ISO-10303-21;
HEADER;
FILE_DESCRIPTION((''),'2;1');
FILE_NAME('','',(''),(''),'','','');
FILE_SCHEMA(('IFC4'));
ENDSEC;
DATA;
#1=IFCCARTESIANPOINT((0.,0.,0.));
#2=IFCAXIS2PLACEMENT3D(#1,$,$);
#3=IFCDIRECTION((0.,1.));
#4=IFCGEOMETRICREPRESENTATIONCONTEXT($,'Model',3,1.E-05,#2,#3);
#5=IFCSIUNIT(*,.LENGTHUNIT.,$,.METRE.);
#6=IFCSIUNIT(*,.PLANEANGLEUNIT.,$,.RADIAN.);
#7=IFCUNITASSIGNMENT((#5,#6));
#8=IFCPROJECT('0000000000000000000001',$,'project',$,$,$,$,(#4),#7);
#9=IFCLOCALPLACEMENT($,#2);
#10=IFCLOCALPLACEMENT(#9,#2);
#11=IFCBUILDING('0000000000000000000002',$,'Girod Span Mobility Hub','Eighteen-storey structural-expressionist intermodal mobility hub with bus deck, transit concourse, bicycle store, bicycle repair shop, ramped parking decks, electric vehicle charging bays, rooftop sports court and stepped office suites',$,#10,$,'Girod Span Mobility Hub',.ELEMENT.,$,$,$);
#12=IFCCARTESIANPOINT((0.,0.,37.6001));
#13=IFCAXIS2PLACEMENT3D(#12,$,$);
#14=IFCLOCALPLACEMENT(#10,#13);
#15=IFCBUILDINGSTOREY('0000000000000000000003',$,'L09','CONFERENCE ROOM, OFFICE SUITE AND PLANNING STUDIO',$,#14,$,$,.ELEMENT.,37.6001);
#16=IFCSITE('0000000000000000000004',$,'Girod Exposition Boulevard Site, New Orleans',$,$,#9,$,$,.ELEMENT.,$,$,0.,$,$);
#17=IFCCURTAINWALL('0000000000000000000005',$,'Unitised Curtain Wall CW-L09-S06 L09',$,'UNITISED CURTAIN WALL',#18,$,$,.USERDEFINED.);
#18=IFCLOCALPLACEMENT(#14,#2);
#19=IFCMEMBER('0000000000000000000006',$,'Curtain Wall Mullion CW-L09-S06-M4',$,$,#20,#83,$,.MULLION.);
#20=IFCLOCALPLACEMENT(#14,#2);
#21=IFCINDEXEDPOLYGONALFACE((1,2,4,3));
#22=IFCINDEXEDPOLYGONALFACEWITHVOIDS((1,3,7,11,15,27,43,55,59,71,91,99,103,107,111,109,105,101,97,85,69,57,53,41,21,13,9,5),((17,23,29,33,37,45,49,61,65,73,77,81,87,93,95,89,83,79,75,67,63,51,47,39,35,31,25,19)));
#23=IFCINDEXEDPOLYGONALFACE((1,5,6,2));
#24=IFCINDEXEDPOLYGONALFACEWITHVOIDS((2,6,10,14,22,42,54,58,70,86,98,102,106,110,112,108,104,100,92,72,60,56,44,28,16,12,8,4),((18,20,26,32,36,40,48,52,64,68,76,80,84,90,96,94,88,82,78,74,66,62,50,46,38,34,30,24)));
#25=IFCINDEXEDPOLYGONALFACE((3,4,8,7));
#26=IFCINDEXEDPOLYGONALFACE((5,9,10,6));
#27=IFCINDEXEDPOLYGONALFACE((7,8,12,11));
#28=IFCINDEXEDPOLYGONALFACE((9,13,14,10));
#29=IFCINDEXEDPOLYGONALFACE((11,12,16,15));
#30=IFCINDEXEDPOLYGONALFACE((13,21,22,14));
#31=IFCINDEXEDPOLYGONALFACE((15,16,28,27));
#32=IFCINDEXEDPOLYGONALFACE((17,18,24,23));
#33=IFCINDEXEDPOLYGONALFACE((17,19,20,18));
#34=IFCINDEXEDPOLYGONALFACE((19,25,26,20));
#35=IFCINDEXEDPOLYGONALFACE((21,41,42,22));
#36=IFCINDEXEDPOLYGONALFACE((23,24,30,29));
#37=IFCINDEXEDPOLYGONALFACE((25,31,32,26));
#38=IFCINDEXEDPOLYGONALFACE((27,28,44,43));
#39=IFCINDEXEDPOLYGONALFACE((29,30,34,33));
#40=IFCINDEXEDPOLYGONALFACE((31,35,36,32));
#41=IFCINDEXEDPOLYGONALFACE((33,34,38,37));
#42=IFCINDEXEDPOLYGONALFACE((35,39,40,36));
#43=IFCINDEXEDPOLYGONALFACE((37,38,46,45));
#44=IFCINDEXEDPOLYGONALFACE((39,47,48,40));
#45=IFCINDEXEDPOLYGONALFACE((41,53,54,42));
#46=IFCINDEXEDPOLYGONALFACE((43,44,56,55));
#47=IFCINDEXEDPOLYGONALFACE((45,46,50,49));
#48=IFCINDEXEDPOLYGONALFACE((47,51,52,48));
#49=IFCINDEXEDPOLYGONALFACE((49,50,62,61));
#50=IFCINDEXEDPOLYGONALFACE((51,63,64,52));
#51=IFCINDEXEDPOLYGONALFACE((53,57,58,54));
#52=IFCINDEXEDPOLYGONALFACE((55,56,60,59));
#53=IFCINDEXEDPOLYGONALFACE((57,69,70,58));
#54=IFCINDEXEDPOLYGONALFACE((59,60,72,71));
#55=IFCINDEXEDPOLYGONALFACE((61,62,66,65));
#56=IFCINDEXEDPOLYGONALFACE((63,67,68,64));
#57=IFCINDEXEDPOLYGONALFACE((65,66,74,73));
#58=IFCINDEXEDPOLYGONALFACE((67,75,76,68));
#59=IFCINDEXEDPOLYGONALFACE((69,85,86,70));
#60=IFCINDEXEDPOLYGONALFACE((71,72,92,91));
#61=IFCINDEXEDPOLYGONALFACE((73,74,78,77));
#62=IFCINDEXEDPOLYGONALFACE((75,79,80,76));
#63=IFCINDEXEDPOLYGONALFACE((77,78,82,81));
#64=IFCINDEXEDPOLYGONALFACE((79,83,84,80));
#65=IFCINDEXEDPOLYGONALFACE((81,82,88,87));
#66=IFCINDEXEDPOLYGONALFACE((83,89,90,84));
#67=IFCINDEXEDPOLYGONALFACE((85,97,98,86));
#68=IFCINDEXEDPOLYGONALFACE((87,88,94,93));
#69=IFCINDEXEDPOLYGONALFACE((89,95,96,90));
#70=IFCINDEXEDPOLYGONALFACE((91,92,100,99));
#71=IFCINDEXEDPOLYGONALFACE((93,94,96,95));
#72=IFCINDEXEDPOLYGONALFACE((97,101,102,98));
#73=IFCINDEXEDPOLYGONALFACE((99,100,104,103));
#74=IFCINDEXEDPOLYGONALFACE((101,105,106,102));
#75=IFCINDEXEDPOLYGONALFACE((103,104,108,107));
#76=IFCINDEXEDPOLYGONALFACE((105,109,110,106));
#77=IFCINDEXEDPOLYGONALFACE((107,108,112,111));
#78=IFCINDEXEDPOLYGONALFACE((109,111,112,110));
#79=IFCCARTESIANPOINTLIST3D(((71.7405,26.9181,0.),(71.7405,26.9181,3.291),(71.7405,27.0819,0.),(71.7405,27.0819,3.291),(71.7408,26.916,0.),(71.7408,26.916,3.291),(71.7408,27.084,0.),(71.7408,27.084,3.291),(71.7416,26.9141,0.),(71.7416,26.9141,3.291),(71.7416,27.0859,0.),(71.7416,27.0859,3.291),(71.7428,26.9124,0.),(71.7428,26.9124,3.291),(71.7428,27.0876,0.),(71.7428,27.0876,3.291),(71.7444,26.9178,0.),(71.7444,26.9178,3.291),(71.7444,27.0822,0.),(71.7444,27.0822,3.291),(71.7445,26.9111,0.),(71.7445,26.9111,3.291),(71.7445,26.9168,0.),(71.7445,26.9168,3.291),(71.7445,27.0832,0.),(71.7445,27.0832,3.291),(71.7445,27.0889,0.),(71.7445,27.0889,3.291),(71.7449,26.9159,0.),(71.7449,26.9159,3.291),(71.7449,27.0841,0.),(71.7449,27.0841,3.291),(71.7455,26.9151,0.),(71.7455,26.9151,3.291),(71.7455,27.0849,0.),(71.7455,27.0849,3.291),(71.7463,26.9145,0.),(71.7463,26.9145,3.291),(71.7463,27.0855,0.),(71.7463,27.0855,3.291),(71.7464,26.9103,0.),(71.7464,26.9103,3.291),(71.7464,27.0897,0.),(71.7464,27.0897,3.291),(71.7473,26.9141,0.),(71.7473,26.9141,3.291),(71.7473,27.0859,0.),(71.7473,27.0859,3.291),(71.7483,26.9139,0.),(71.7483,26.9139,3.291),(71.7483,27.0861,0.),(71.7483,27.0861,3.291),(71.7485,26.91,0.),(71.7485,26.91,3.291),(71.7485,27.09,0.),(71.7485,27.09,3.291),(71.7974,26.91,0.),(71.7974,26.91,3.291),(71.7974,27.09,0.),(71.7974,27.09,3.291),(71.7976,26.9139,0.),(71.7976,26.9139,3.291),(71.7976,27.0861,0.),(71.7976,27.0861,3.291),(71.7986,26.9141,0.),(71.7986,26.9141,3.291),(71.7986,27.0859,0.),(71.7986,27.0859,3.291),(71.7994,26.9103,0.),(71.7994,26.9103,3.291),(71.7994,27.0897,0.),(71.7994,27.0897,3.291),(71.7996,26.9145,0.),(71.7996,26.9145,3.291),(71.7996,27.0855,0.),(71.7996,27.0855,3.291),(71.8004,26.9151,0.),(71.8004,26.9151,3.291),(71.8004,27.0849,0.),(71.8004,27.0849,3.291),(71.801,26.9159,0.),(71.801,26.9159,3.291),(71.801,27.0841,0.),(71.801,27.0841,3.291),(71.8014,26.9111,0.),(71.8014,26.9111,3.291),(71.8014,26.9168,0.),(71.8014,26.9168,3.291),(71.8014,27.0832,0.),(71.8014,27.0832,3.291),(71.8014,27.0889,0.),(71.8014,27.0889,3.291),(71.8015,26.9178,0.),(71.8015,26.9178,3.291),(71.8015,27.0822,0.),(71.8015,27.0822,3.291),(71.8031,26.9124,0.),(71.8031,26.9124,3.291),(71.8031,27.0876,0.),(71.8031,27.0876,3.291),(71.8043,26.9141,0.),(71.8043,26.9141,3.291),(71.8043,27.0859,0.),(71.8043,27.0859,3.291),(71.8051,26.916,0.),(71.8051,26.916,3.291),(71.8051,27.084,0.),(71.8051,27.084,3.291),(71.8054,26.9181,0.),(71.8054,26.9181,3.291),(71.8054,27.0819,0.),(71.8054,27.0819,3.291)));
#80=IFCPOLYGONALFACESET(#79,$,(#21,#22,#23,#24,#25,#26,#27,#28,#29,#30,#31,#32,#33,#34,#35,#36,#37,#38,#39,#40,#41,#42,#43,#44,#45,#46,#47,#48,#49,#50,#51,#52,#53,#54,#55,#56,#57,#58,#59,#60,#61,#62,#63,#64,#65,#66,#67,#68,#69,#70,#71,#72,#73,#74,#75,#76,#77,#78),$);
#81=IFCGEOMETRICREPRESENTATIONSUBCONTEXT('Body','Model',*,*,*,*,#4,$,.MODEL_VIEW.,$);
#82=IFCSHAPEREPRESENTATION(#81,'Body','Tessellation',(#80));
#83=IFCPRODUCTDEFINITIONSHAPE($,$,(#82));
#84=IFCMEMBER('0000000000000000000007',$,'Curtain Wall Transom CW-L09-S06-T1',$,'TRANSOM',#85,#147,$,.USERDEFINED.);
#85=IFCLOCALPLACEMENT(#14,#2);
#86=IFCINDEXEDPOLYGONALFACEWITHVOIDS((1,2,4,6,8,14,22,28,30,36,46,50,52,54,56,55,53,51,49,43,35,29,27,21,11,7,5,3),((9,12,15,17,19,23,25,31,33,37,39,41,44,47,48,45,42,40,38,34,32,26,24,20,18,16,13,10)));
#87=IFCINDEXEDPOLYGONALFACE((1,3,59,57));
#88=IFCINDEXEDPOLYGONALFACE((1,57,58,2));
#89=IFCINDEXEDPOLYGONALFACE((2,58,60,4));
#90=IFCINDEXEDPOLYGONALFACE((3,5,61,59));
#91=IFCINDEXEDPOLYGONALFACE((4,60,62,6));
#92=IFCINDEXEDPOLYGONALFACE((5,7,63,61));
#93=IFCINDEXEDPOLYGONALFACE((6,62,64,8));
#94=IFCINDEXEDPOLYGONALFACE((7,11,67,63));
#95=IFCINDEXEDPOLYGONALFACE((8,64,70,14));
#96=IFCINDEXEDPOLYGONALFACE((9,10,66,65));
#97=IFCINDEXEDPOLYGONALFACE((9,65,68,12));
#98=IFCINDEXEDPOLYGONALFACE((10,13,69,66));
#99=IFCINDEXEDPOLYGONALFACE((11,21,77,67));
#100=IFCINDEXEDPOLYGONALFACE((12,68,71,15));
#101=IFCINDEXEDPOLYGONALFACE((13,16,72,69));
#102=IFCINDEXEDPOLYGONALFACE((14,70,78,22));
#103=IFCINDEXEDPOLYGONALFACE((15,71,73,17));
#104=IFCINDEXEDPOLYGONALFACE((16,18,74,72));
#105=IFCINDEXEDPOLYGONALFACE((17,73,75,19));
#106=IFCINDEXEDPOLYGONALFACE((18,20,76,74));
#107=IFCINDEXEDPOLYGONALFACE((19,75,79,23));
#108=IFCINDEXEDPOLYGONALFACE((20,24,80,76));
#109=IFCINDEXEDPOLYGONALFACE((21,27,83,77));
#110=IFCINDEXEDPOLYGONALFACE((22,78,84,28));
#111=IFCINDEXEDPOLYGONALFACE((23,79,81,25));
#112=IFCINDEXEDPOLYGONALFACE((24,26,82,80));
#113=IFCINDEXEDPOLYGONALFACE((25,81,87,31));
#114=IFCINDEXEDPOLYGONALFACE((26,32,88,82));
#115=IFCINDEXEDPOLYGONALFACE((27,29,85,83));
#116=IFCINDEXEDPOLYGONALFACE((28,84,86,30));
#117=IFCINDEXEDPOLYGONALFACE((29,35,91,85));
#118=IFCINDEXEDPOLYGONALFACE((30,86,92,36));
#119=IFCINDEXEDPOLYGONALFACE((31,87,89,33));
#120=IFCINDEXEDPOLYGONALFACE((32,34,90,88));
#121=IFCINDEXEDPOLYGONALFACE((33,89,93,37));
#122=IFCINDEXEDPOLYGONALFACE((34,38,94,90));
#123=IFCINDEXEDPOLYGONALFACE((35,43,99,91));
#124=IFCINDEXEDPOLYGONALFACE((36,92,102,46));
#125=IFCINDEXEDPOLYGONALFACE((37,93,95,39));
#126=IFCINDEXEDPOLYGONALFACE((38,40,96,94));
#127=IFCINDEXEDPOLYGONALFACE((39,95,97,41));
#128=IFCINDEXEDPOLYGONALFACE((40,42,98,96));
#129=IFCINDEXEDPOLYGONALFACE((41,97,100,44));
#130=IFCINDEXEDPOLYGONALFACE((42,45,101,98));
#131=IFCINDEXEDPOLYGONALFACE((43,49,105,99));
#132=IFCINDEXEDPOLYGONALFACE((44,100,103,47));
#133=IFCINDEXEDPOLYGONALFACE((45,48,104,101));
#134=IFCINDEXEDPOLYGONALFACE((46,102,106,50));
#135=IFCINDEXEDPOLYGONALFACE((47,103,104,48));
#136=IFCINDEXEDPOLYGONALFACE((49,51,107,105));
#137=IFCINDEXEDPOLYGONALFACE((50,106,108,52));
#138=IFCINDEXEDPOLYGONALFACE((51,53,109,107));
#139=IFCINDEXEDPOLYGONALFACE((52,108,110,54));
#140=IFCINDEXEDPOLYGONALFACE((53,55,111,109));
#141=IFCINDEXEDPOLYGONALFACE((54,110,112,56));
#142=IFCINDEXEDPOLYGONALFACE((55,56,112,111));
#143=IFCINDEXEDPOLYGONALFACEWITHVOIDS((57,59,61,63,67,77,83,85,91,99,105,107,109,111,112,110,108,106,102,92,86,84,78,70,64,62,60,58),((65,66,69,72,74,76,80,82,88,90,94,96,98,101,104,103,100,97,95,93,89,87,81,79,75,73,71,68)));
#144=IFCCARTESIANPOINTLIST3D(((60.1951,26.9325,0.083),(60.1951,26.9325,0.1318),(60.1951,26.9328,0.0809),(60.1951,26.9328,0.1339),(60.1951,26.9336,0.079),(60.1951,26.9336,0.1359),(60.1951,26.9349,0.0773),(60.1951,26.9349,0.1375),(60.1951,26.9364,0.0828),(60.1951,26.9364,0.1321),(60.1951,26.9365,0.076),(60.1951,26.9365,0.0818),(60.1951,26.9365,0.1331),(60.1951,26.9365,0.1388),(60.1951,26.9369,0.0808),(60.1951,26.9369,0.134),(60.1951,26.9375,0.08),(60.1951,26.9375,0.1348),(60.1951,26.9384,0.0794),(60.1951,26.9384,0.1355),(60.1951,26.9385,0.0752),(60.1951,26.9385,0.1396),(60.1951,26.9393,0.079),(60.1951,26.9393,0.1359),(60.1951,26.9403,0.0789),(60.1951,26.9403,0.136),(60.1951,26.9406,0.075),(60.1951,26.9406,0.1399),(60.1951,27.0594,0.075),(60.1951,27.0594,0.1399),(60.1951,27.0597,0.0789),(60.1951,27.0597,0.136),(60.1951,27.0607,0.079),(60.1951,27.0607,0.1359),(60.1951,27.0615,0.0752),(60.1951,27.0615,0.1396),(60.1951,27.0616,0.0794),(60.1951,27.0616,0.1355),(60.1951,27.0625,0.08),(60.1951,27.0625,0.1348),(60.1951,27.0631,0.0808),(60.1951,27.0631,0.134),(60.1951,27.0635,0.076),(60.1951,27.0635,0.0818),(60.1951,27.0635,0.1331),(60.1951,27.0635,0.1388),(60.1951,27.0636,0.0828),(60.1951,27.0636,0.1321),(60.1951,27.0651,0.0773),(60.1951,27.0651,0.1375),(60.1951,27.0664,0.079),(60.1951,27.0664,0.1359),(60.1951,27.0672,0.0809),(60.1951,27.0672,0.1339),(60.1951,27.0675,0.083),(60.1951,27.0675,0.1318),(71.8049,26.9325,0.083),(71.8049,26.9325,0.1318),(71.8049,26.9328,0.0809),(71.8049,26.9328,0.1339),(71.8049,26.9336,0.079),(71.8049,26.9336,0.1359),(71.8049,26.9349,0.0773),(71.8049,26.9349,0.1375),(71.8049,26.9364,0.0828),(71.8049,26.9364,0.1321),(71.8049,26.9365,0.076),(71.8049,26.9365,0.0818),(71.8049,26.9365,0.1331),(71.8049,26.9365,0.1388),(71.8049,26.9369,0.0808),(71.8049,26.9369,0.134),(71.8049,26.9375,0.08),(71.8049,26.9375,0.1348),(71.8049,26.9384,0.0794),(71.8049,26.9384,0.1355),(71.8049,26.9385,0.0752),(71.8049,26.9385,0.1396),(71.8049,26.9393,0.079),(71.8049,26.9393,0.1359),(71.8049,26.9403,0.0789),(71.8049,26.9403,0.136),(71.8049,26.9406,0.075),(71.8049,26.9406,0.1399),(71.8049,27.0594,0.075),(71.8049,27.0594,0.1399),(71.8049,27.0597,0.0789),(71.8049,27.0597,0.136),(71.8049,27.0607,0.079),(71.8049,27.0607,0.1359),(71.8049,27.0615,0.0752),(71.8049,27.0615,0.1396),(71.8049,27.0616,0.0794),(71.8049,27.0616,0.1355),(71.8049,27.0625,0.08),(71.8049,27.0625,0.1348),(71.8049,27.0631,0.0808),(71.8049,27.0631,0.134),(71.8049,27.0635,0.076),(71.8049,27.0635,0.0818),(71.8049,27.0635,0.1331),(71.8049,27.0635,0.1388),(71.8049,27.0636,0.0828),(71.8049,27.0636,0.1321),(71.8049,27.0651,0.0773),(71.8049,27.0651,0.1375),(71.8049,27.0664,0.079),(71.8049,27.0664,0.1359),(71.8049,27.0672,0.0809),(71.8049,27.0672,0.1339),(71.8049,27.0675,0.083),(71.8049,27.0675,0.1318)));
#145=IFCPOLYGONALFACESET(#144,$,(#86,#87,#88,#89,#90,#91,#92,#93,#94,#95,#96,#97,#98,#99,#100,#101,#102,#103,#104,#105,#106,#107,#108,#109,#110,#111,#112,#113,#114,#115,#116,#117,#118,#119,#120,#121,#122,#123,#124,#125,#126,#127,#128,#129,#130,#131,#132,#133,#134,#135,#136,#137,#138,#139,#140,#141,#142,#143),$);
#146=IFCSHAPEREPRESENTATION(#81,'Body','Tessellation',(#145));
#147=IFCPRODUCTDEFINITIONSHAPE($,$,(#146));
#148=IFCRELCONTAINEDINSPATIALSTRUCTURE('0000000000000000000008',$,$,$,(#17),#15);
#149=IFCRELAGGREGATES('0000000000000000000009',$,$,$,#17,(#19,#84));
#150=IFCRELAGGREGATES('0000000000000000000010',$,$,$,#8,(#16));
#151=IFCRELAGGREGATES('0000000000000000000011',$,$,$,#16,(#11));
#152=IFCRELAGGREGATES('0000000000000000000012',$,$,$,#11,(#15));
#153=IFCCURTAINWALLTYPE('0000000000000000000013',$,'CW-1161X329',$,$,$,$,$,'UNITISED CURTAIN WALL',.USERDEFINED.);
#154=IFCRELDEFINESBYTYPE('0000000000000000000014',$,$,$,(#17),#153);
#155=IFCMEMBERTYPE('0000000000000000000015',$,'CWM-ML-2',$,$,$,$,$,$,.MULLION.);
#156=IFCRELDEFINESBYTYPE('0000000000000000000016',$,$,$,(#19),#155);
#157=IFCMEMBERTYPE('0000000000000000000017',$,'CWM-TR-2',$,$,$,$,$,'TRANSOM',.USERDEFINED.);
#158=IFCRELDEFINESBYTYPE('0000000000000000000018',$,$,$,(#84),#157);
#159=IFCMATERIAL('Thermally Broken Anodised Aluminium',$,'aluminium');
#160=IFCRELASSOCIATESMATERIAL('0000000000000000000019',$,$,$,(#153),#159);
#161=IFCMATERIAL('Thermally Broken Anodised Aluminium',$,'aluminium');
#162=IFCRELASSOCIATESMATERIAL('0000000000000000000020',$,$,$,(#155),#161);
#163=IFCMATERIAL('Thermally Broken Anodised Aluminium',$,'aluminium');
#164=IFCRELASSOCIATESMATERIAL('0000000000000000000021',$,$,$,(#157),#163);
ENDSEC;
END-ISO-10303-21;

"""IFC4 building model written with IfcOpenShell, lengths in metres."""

from ifc_helpers import new_model, si_unit, direction, frame, origin, origin_2d, place, context, subcontext, project, spatial, hollow_rectangle, extrude, material, material_profile, profile_set, type_object, element, aggregate, save


model = new_model("IFC4")

# Units and contexts
model_context = context("Model", 3, precision=1e-05, world=origin(), true_north=direction((0.0, 1.0)))
body_context = subcontext(model_context, "Body", "Model", "MODEL_VIEW")
ifc_project = project(units=[si_unit("LENGTHUNIT", "METRE"), si_unit("PLANEANGLEUNIT", "RADIAN")], contexts=[model_context])

# Site, building, storey
site_placement = place(None, origin())
site = spatial("IfcSite", under=ifc_project, at=site_placement, Name="Girod Exposition Boulevard Site, New Orleans", CompositionType="ELEMENT", RefElevation=0.0)
building_placement = place(site_placement, origin())
building = spatial("IfcBuilding", under=site, at=building_placement, Name="Girod Span Mobility Hub", Description="Eighteen-storey structural-expressionist intermodal mobility hub with bus deck, transit concourse, bicycle store, bicycle repair shop, ramped parking decks, electric vehicle charging bays, rooftop sports court and stepped office suites", LongName="Girod Span Mobility Hub", CompositionType="ELEMENT")
storey_placement = place(building_placement, frame((0.0, 0.0, 37.6001)))
storey = spatial("IfcBuildingStorey", under=building, at=storey_placement, Name="L09", Description="CONFERENCE ROOM, OFFICE SUITE AND PLANNING STUDIO", CompositionType="ELEMENT", Elevation=37.6001)

# Curtain wall, members
ifc_material_1 = material(Name="Thermally Broken Anodised Aluminium", Category="aluminium")
curtain_wall_type = type_object("IfcCurtainWallType", Name="CW-1161X329", ElementType="UNITISED CURTAIN WALL", PredefinedType="USERDEFINED", material=ifc_material_1)
ifc_material_2 = material(Name="Thermally Broken Anodised Aluminium", Category="aluminium")
ifc_material_profile_1 = material_profile(ifc_material_2, hollow_rectangle(XDim=0.1799, YDim=0.0649, WallThickness=0.0039, InnerFilletRadius=0.0039, OuterFilletRadius=0.0081, at=origin_2d()), Name="CW-ML-65X180")
ifc_profile_set_1 = profile_set([ifc_material_profile_1], Name="Thermally Broken Anodised Aluminium")
member_type_1 = type_object("IfcMemberType", Name="CWM-ML-2", PredefinedType="MULLION", material=ifc_profile_set_1)
curtain_wall_1_placement = place(storey_placement, origin())
curtain_wall_1 = element("IfcCurtainWall", 1, at=curtain_wall_1_placement, inside=storey, type_object=curtain_wall_type, Name="Unitised Curtain Wall CW-L09-S06 L09", ObjectType="UNITISED CURTAIN WALL", PredefinedType="USERDEFINED")
member_1_placement = place(storey_placement, frame((71.7729, 27.0, 0.0), z_axis=(0.0, 0.0, 1.0), x_axis=(0.0, 1.0, 0.0)))
member_1 = element("IfcMember", 2, at=member_1_placement, type_object=member_type_1, Name="Curtain Wall Mullion CW-L09-S06-M4", PredefinedType="MULLION", context=body_context, shape_type="SweptSolid", body=[
    extrude(hollow_rectangle(XDim=0.1799, YDim=0.0649, WallThickness=0.0039, InnerFilletRadius=0.0039, OuterFilletRadius=0.0081, at=origin_2d()), origin(), (0.0, 0.0, 1.0), 3.291),
])
ifc_material_3 = material(Name="Thermally Broken Anodised Aluminium", Category="aluminium")
ifc_material_profile_2 = material_profile(ifc_material_3, hollow_rectangle(XDim=0.135, YDim=0.0649, WallThickness=0.0039, InnerFilletRadius=0.0039, OuterFilletRadius=0.0081, at=origin_2d()), Name="CW-TR-65X135")
ifc_profile_set_2 = profile_set([ifc_material_profile_2], Name="Thermally Broken Anodised Aluminium")
member_type_2 = type_object("IfcMemberType", Name="CWM-TR-2", ElementType="TRANSOM", PredefinedType="USERDEFINED", material=ifc_profile_set_2)
member_2_placement = place(storey_placement, frame((60.1951, 27.0, 0.1074), z_axis=(1.0, 0.0, 0.0), x_axis=(0.0, 1.0, 0.0)))
member_2 = element("IfcMember", 3, at=member_2_placement, type_object=member_type_2, Name="Curtain Wall Transom CW-L09-S06-T1", ObjectType="TRANSOM", PredefinedType="USERDEFINED", context=body_context, shape_type="SweptSolid", body=[
    extrude(hollow_rectangle(XDim=0.135, YDim=0.0649, WallThickness=0.0039, InnerFilletRadius=0.0039, OuterFilletRadius=0.0081, at=origin_2d()), origin(), (0.0, 0.0, 1.0), 11.6099),
])

aggregate(curtain_wall_1, [member_1, member_2])

save(model, "model.ifc")
